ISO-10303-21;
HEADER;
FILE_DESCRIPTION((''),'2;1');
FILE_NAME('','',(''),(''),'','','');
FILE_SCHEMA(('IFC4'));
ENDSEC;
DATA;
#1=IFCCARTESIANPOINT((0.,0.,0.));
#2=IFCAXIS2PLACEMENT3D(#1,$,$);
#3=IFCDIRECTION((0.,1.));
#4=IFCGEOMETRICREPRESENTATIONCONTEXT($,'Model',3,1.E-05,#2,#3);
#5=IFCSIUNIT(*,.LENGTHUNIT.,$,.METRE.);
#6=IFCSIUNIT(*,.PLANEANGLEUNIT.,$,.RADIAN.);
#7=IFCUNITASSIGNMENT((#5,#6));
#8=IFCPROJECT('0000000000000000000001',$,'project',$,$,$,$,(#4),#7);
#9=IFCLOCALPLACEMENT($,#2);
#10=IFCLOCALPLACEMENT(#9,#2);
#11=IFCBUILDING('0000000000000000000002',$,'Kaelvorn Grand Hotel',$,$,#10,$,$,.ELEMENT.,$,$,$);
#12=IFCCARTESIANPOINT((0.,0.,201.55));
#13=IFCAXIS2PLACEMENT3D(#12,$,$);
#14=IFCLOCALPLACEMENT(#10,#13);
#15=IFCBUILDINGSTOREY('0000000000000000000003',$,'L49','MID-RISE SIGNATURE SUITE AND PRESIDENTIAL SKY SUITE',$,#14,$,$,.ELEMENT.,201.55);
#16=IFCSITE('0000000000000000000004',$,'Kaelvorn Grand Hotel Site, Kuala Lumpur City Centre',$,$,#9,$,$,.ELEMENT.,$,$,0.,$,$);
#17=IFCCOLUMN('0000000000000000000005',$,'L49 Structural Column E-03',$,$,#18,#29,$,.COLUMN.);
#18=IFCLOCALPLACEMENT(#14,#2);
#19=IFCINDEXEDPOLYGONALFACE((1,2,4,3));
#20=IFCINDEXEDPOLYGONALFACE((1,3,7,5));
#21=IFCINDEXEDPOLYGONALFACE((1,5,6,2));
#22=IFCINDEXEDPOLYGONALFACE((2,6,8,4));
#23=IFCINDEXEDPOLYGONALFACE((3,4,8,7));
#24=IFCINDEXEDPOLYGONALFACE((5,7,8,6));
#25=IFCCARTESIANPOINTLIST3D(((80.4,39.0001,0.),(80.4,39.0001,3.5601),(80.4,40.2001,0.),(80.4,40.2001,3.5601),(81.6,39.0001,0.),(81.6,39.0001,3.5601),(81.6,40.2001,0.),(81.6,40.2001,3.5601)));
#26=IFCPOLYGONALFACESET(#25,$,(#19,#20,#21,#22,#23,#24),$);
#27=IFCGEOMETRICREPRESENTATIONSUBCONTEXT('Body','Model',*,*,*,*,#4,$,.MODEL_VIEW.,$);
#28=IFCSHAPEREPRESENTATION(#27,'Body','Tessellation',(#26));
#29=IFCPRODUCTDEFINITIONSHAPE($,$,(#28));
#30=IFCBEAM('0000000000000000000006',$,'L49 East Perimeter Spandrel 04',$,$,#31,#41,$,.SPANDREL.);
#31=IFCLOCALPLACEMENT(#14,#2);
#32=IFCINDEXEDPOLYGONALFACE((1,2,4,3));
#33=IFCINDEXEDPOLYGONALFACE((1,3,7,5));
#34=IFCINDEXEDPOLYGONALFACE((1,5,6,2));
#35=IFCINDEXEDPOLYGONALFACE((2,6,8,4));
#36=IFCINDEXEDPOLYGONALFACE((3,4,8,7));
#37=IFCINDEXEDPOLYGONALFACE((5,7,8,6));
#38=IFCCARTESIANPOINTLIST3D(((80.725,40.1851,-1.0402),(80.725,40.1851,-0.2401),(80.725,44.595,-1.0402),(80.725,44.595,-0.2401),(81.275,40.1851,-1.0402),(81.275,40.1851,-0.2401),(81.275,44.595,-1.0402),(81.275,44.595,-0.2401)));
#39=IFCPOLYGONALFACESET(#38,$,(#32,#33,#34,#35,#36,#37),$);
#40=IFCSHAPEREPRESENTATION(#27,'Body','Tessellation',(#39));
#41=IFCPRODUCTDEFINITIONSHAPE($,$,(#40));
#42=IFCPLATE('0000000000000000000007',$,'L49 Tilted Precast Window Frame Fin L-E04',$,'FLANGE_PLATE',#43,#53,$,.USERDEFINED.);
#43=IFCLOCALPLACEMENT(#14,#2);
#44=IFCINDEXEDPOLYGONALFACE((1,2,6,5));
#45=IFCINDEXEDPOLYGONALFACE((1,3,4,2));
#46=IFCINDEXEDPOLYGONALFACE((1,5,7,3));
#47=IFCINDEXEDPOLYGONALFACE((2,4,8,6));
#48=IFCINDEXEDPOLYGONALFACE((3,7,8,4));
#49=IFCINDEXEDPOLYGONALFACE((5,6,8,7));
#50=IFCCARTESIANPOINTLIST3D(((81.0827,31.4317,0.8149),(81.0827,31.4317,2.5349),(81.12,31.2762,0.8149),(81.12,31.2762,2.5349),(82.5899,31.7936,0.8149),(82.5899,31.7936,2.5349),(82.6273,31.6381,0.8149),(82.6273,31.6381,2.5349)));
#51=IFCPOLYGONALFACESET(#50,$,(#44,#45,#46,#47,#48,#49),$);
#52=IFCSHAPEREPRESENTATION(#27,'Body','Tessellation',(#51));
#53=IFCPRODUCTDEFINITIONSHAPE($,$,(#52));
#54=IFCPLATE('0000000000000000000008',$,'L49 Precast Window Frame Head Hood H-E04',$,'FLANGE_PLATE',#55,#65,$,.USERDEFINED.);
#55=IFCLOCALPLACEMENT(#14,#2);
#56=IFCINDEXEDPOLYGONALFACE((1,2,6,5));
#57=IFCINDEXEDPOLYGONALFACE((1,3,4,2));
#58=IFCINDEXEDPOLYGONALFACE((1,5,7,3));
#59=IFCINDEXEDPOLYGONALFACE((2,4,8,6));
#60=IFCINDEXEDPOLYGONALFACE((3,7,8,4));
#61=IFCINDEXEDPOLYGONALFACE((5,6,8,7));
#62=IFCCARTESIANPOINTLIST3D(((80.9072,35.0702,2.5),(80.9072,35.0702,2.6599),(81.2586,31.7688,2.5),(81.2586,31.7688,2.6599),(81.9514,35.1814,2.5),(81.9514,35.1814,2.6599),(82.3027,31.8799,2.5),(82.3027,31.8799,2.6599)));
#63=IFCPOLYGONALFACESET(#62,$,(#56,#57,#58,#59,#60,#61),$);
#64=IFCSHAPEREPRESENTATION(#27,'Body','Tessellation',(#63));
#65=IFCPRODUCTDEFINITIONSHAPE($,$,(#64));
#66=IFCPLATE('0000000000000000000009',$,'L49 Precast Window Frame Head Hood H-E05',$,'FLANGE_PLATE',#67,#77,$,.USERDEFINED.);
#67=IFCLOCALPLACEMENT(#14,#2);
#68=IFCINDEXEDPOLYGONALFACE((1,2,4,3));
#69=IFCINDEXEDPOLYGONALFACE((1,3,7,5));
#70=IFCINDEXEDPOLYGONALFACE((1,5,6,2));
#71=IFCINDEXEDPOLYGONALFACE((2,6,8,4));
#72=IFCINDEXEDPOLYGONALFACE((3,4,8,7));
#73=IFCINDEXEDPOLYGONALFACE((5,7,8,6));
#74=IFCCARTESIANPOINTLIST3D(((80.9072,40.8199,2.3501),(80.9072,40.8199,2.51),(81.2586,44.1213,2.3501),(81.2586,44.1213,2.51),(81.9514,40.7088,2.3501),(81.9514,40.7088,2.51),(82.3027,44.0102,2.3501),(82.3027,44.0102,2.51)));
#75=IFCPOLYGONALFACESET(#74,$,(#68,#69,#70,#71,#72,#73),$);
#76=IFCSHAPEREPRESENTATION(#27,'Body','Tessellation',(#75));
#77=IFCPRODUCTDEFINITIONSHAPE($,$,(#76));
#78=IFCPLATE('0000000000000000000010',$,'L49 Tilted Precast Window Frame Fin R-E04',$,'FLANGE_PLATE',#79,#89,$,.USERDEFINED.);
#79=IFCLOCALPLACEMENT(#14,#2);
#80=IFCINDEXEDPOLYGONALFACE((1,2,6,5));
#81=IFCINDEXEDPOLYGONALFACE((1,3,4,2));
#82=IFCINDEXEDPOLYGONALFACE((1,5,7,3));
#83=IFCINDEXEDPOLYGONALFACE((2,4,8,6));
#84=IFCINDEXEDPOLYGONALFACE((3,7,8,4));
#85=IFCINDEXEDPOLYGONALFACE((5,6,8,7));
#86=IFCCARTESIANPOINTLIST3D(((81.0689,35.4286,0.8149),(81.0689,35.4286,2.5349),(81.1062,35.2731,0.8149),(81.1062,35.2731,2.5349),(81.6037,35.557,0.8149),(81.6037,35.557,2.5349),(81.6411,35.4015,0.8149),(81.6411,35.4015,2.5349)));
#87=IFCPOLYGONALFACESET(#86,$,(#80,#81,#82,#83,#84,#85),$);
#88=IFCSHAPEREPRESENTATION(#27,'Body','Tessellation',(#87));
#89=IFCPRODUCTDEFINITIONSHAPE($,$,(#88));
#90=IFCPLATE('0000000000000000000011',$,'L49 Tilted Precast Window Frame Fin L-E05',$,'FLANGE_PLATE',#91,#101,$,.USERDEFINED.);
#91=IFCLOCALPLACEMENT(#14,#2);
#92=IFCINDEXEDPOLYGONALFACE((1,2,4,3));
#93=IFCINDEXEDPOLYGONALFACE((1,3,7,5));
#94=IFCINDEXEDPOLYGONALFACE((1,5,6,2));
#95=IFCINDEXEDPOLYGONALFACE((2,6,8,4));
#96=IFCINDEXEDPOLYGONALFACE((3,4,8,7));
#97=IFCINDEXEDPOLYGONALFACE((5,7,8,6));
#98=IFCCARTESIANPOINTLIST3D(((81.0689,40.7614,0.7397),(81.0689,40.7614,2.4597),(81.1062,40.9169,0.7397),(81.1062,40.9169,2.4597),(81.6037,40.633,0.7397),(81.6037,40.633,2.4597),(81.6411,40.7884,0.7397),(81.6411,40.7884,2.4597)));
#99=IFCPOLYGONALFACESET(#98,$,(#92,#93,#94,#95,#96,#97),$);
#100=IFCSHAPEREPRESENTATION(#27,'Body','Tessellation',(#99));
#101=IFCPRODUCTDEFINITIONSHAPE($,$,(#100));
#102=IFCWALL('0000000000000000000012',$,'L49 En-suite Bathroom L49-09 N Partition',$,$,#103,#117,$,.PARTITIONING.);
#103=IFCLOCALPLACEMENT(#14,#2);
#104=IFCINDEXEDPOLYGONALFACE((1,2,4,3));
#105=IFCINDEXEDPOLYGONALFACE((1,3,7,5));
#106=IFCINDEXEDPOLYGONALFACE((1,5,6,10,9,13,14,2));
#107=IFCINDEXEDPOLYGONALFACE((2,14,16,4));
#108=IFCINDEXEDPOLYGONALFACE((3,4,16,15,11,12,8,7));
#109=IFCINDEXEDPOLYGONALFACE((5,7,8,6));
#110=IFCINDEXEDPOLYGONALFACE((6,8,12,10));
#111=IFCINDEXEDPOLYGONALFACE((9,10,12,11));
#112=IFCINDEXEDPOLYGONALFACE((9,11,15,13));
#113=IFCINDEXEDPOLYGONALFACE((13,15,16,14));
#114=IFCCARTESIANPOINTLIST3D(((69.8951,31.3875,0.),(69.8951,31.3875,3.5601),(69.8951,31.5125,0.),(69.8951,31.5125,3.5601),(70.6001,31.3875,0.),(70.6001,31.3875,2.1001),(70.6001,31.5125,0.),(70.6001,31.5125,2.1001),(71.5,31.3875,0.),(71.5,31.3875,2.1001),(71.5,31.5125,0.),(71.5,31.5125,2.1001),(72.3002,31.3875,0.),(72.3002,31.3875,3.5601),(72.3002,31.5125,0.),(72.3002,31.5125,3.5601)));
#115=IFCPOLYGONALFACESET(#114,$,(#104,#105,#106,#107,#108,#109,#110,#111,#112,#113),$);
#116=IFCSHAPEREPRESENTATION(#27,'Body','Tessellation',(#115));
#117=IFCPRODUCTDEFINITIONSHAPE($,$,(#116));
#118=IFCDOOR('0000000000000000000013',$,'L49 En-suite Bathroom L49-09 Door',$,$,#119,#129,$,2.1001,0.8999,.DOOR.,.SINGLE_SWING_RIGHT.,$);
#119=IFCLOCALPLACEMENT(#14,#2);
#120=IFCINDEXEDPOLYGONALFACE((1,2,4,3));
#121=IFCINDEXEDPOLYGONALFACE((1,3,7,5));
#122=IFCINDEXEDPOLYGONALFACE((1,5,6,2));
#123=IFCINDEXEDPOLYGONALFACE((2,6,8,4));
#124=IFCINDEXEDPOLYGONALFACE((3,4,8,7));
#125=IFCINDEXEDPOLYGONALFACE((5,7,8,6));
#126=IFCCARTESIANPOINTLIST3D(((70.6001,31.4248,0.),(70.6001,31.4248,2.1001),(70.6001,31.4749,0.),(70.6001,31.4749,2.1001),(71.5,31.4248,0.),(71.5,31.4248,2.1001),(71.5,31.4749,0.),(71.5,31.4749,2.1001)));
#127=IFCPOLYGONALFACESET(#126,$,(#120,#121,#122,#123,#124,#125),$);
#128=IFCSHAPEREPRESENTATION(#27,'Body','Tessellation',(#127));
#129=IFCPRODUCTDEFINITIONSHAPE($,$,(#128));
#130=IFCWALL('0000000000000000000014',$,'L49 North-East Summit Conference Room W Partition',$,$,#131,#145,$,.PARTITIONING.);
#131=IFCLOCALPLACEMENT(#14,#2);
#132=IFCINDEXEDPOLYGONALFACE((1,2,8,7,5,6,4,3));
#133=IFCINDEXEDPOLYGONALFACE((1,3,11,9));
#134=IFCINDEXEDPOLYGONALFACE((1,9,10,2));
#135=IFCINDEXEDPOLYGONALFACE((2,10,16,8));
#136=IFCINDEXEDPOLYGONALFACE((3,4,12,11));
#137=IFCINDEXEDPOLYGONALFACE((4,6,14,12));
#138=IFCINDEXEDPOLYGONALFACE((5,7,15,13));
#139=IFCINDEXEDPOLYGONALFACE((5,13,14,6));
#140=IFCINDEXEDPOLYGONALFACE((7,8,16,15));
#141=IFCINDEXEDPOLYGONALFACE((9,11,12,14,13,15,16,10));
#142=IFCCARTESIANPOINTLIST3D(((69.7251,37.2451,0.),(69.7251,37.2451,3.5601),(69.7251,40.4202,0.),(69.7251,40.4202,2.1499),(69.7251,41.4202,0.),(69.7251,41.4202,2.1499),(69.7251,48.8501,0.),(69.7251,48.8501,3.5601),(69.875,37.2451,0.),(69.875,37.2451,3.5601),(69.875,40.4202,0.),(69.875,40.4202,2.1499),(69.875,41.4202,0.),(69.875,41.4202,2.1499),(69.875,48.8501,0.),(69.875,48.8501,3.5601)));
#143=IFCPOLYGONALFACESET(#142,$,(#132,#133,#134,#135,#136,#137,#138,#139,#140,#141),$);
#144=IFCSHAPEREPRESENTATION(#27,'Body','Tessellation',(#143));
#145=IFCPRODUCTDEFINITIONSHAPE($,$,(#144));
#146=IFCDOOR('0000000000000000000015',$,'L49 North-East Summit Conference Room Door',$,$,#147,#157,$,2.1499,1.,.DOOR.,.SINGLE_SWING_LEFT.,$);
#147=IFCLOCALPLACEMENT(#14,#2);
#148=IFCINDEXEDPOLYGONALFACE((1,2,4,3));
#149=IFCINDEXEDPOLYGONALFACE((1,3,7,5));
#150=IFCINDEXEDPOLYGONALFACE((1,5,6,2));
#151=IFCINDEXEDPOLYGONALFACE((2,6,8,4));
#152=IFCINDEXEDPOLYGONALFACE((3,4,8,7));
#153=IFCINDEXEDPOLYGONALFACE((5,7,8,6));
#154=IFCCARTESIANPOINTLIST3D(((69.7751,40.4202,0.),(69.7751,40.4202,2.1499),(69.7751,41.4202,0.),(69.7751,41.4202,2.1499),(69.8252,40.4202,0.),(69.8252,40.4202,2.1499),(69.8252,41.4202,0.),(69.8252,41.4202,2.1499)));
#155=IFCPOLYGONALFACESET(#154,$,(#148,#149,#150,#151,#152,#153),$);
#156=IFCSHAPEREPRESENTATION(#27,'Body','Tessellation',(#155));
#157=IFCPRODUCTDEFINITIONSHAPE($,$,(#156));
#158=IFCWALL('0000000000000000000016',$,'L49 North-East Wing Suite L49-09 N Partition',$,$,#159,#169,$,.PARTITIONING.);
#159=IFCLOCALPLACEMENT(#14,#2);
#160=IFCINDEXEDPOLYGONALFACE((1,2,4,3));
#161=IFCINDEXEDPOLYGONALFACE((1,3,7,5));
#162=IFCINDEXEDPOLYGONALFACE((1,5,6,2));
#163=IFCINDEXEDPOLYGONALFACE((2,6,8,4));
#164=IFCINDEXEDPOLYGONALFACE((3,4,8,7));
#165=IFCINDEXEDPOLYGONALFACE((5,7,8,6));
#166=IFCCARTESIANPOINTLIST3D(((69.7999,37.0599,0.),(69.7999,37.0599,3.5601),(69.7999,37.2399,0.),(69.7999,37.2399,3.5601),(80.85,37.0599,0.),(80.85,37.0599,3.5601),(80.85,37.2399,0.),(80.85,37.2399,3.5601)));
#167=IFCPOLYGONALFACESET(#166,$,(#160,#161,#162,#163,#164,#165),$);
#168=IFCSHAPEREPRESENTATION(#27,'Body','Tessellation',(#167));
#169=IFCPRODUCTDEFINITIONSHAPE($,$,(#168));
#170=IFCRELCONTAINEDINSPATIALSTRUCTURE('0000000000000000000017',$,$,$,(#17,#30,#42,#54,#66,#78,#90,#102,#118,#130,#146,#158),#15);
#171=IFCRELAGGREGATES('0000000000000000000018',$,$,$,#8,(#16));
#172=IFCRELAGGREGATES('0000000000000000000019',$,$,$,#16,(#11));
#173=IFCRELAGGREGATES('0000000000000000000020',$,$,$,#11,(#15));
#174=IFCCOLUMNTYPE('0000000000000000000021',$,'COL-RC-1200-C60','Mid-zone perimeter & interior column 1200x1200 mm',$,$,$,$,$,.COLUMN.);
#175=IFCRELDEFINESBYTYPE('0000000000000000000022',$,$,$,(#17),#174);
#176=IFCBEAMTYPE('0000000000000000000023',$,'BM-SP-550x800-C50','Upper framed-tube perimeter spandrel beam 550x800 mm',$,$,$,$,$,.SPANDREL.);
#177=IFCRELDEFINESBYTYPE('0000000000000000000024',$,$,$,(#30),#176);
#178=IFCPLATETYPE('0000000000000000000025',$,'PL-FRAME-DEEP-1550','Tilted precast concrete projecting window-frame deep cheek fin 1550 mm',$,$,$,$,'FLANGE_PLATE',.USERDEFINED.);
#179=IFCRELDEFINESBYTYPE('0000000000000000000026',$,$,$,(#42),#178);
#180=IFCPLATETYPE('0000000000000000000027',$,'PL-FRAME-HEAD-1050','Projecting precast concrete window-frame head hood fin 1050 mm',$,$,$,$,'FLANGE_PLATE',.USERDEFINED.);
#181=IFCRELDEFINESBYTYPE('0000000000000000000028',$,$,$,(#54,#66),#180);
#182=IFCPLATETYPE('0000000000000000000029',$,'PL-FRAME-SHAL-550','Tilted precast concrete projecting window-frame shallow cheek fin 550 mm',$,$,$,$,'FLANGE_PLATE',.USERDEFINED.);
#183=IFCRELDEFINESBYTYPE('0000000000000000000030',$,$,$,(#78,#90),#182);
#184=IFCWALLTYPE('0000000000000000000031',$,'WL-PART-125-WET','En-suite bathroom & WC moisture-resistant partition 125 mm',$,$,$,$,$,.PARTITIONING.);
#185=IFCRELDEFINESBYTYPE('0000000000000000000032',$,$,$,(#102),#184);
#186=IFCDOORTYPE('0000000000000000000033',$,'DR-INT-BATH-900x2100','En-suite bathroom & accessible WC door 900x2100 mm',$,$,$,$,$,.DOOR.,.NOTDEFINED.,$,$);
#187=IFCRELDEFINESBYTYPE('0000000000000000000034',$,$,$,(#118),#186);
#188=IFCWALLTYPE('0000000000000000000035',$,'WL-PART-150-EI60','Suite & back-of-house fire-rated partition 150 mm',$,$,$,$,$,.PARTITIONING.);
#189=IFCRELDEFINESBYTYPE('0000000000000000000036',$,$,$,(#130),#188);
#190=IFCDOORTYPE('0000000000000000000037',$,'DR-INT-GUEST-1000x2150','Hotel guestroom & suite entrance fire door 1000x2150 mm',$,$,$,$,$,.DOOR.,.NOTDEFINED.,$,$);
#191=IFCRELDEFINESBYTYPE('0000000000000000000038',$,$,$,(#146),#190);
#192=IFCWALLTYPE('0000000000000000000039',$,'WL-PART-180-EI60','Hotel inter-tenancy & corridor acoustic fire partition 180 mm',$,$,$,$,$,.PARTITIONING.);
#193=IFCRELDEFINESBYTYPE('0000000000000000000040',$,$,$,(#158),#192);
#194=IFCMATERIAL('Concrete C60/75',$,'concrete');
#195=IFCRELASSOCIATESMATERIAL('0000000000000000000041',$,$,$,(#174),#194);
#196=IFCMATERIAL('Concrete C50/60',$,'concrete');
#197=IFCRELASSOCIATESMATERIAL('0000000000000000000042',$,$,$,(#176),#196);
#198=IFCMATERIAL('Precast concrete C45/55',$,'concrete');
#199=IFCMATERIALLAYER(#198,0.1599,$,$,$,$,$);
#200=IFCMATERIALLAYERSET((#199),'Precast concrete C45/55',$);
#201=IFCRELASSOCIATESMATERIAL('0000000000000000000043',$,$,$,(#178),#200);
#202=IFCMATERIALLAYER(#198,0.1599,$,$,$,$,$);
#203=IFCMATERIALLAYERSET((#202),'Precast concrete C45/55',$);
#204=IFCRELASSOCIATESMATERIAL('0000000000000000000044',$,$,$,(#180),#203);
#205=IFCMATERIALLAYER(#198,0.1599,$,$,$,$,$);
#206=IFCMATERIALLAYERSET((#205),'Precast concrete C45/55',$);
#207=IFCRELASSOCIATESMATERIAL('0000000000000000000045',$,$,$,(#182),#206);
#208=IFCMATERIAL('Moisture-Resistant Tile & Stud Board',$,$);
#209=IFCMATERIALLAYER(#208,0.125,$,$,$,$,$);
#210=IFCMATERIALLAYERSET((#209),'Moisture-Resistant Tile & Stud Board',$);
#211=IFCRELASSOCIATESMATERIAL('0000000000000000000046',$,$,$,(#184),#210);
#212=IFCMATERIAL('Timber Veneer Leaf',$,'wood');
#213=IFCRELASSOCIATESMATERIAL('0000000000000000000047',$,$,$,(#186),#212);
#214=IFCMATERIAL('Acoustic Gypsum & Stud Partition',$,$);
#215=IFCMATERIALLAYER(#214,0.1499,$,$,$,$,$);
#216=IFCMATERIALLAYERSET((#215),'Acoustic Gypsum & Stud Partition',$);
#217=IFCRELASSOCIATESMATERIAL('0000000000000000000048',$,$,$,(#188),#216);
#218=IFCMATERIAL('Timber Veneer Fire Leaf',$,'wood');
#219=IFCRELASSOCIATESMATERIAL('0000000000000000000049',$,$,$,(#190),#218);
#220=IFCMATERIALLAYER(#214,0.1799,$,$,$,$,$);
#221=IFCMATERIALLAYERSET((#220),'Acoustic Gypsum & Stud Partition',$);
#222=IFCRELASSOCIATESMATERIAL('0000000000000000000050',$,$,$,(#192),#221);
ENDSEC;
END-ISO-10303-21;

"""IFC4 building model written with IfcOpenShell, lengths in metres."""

from ifc_helpers import new_model, si_unit, direction, frame, frame_2d, origin, origin_2d, place, context, subcontext, project, spatial, rectangle, extrude, material, layer, layer_set, material_profile, profile_set, type_object, element, fill, save


model = new_model("IFC4")

# Units and contexts
model_context = context("Model", 3, precision=1e-05, world=origin(), true_north=direction((0.0, 1.0)))
body_context = subcontext(model_context, "Body", "Model", "MODEL_VIEW")
ifc_project = project(units=[si_unit("LENGTHUNIT", "METRE"), si_unit("PLANEANGLEUNIT", "RADIAN")], contexts=[model_context])

# Site, building, storey
site_placement = place(None, origin())
site = spatial("IfcSite", under=ifc_project, at=site_placement, Name="Kaelvorn Grand Hotel Site, Kuala Lumpur City Centre", CompositionType="ELEMENT", RefElevation=0.0)
building_placement = place(site_placement, origin())
building = spatial("IfcBuilding", under=site, at=building_placement, Name="Kaelvorn Grand Hotel", CompositionType="ELEMENT")
storey_placement = place(building_placement, frame((0.0, 0.0, 201.55)))
storey = spatial("IfcBuildingStorey", under=building, at=storey_placement, Name="L49", Description="MID-RISE SIGNATURE SUITE AND PRESIDENTIAL SKY SUITE", CompositionType="ELEMENT", Elevation=201.55)

# Column
ifc_material_1 = material(Name="Concrete C60/75", Category="concrete")
ifc_material_profile_1 = material_profile(ifc_material_1, rectangle(XDim=1.2, YDim=1.2, at=origin_2d()), Name="RC COL 1200x1200")
ifc_profile_set_1 = profile_set([ifc_material_profile_1], Name="Concrete C60/75")
column_type = type_object("IfcColumnType", Name="COL-RC-1200-C60", Description="Mid-zone perimeter & interior column 1200x1200 mm", PredefinedType="COLUMN", material=ifc_profile_set_1)
column_placement = place(storey_placement, frame((81.0, 39.6001, 0.0), z_axis=(0.0, 0.0, 1.0), x_axis=(1.0, 0.0, 0.0)))
element("IfcColumn", 1, at=column_placement, inside=storey, type_object=column_type, Name="L49 Structural Column E-03", PredefinedType="COLUMN", context=body_context, shape_type="SweptSolid", body=[
    extrude(rectangle(XDim=1.2, YDim=1.2, at=origin_2d()), origin(), (0.0, 0.0, 1.0), 3.5601),
])

# Beam
ifc_material_2 = material(Name="Concrete C50/60", Category="concrete")
ifc_material_profile_2 = material_profile(ifc_material_2, rectangle(XDim=0.55, YDim=0.8, at=origin_2d()), Name="RC SPANDREL 550x800")
ifc_profile_set_2 = profile_set([ifc_material_profile_2], Name="Concrete C50/60")
beam_type = type_object("IfcBeamType", Name="BM-SP-550x800-C50", Description="Upper framed-tube perimeter spandrel beam 550x800 mm", PredefinedType="SPANDREL", material=ifc_profile_set_2)
beam_placement = place(storey_placement, frame((81.0, 40.1851, -0.6401), z_axis=(0.0, 1.0, 0.0), x_axis=(-1.0, 0.0, 0.0)))
element("IfcBeam", 2, at=beam_placement, inside=storey, type_object=beam_type, Name="L49 East Perimeter Spandrel 04", PredefinedType="SPANDREL", context=body_context, shape_type="SweptSolid", body=[
    extrude(rectangle(XDim=0.55, YDim=0.8, at=origin_2d()), origin(), (0.0, 0.0, 1.0), 4.4099),
])

# Plates
ifc_material_3 = material(Name="Precast concrete C45/55", Category="concrete")
ifc_layer_1 = layer(ifc_material_3, 0.1599)
ifc_layer_set_1 = layer_set([ifc_layer_1], Name="Precast concrete C45/55")
plate_type_1 = type_object("IfcPlateType", Name="PL-FRAME-DEEP-1550", Description="Tilted precast concrete projecting window-frame deep cheek fin 1550 mm", ElementType="FLANGE_PLATE", PredefinedType="USERDEFINED", material=ifc_layer_set_1)
plate_placement = place(storey_placement, frame((81.855, 31.5349, 0.8149), z_axis=(0.0, 0.0, 1.0), x_axis=(-0.233445, 0.97237, 0.0)))
element("IfcPlate", 3, at=plate_placement, inside=storey, type_object=plate_type_1, Name="L49 Tilted Precast Window Frame Fin L-E04", ObjectType="FLANGE_PLATE", PredefinedType="USERDEFINED", context=body_context, shape_type="SweptSolid", body=[
    extrude(rectangle(XDim=0.1599, YDim=1.55, at=origin_2d()), origin(), (0.0, 0.0, 1.0), 1.72),
])
ifc_layer_2 = layer(ifc_material_3, 0.1599)
ifc_layer_set_2 = layer_set([ifc_layer_2], Name="Precast concrete C45/55")
plate_type_2 = type_object("IfcPlateType", Name="PL-FRAME-HEAD-1050", Description="Projecting precast concrete window-frame head hood fin 1050 mm", ElementType="FLANGE_PLATE", PredefinedType="USERDEFINED", material=ifc_layer_set_2)
for number, where, z_axis, x_axis, name in (
    (4, (81.605, 33.4751, 2.5), (0.0, 0.0, 1.0), (-0.10583, 0.994384, 0.0), "L49 Precast Window Frame Head Hood H-E04"),
    (5, (81.605, 42.415, 2.3501), (0.0, 0.0, 1.0), (0.10583, 0.994384, 0.0), "L49 Precast Window Frame Head Hood H-E05"),
):
    element("IfcPlate", number, at=place(storey_placement, frame(where, z_axis=z_axis, x_axis=x_axis)), inside=storey, type_object=plate_type_2, Name=name, ObjectType="FLANGE_PLATE", PredefinedType="USERDEFINED", context=body_context, shape_type="SweptSolid", body=[
        extrude(rectangle(XDim=3.3201, YDim=1.05, at=origin_2d()), origin(), (0.0, 0.0, 1.0), 0.1599),
    ])
ifc_layer_3 = layer(ifc_material_3, 0.1599)
ifc_layer_set_3 = layer_set([ifc_layer_3], Name="Precast concrete C45/55")
plate_type_3 = type_object("IfcPlateType", Name="PL-FRAME-SHAL-550", Description="Tilted precast concrete projecting window-frame shallow cheek fin 550 mm", ElementType="FLANGE_PLATE", PredefinedType="USERDEFINED", material=ifc_layer_set_3)
for number, where, z_axis, x_axis, name in (
    (6, (81.355, 35.415, 0.8149), (0.0, 0.0, 1.0), (-0.233445, 0.97237, 0.0), "L49 Tilted Precast Window Frame Fin R-E04"),
    (7, (81.355, 40.7749, 0.7397), (0.0, 0.0, 1.0), (0.233445, 0.97237, 0.0), "L49 Tilted Precast Window Frame Fin L-E05"),
):
    element("IfcPlate", number, at=place(storey_placement, frame(where, z_axis=z_axis, x_axis=x_axis)), inside=storey, type_object=plate_type_3, Name=name, ObjectType="FLANGE_PLATE", PredefinedType="USERDEFINED", context=body_context, shape_type="SweptSolid", body=[
        extrude(rectangle(XDim=0.1599, YDim=0.55, at=origin_2d()), origin(), (0.0, 0.0, 1.0), 1.72),
    ])

# Walls, openings, doors
ifc_material_4 = material(Name="Moisture-Resistant Tile & Stud Board")
ifc_layer_4 = layer(ifc_material_4, 0.125)
ifc_layer_set_4 = layer_set([ifc_layer_4], Name="Moisture-Resistant Tile & Stud Board")
wall_type_1 = type_object("IfcWallType", Name="WL-PART-125-WET", Description="En-suite bathroom & WC moisture-resistant partition 125 mm", PredefinedType="PARTITIONING", material=ifc_layer_set_4)
wall_1_placement = place(storey_placement, frame((69.895, 31.45, 0.0), z_axis=(0.0, 0.0, 1.0), x_axis=(1.0, 0.0, 0.0)))
wall_1 = element("IfcWall", 8, at=wall_1_placement, inside=storey, type_object=wall_type_1, Name="L49 En-suite Bathroom L49-09 N Partition", PredefinedType="PARTITIONING", context=body_context, shape_type="SweptSolid", body=[
    extrude(rectangle(XDim=2.405, YDim=0.125, at=frame_2d((1.2026, 0.0))), origin(), (0.0, 0.0, 1.0), 3.5601),
])
opening_1_placement = place(wall_1_placement, frame((0.7051, 0.0, 0.0)))
opening_1 = element("IfcOpeningElement", 9, at=opening_1_placement, cuts=wall_1, PredefinedType="OPENING", context=body_context, shape_type="SweptSolid", body=[
    extrude(rectangle(XDim=0.8999, YDim=2.1001, at=frame_2d((0.45, 1.05))), frame((0.0, 0.0725, 0.0), z_axis=(0.0, -1.0, 0.0), x_axis=(1.0, 0.0, 0.0)), (0.0, 0.0, 1.0), 0.145),
])
ifc_material_5 = material(Name="Timber Veneer Leaf", Category="wood")
door_type_1 = type_object("IfcDoorType", Name="DR-INT-BATH-900x2100", Description="En-suite bathroom & accessible WC door 900x2100 mm", OperationType="NOTDEFINED", PredefinedType="DOOR", material=ifc_material_5)
door_1_placement = place(opening_1_placement, origin())
door_1 = element("IfcDoor", 10, at=door_1_placement, inside=storey, type_object=door_type_1, Name="L49 En-suite Bathroom L49-09 Door", OperationType="SINGLE_SWING_RIGHT", OverallHeight=2.1001, OverallWidth=0.8999, PredefinedType="DOOR", context=body_context, shape_type="SweptSolid", body=[
    extrude(rectangle(XDim=0.8999, YDim=2.1001, at=frame_2d((0.45, 1.05))), frame((0.0, 0.0249, 0.0), z_axis=(0.0, -1.0, 0.0), x_axis=(1.0, 0.0, 0.0)), (0.0, 0.0, 1.0), 0.05),
])
fill(opening_1, door_1)
ifc_material_6 = material(Name="Acoustic Gypsum & Stud Partition")
ifc_layer_5 = layer(ifc_material_6, 0.1499)
ifc_layer_set_5 = layer_set([ifc_layer_5], Name="Acoustic Gypsum & Stud Partition")
wall_type_2 = type_object("IfcWallType", Name="WL-PART-150-EI60", Description="Suite & back-of-house fire-rated partition 150 mm", PredefinedType="PARTITIONING", material=ifc_layer_set_5)
wall_2_placement = place(storey_placement, frame((69.8, 37.2451, 0.0), z_axis=(0.0, 0.0, 1.0), x_axis=(0.0, 1.0, 0.0)))
wall_2 = element("IfcWall", 11, at=wall_2_placement, inside=storey, type_object=wall_type_2, Name="L49 North-East Summit Conference Room W Partition", PredefinedType="PARTITIONING", context=body_context, shape_type="SweptSolid", body=[
    extrude(rectangle(XDim=11.605, YDim=0.1499, at=frame_2d((5.8025, 0.0))), origin(), (0.0, 0.0, 1.0), 3.5601),
])
opening_2_placement = place(wall_2_placement, frame((3.175, 0.0, 0.0)))
opening_2 = element("IfcOpeningElement", 12, at=opening_2_placement, cuts=wall_2, PredefinedType="OPENING", context=body_context, shape_type="SweptSolid", body=[
    extrude(rectangle(XDim=1.0, YDim=2.1499, at=frame_2d((0.5, 1.075))), frame((0.0, 0.085, 0.0), z_axis=(0.0, -1.0, 0.0), x_axis=(1.0, 0.0, 0.0)), (0.0, 0.0, 1.0), 0.1699),
])
ifc_material_7 = material(Name="Timber Veneer Fire Leaf", Category="wood")
door_type_2 = type_object("IfcDoorType", Name="DR-INT-GUEST-1000x2150", Description="Hotel guestroom & suite entrance fire door 1000x2150 mm", OperationType="NOTDEFINED", PredefinedType="DOOR", material=ifc_material_7)
door_2_placement = place(opening_2_placement, origin())
door_2 = element("IfcDoor", 13, at=door_2_placement, inside=storey, type_object=door_type_2, Name="L49 North-East Summit Conference Room Door", OperationType="SINGLE_SWING_LEFT", OverallHeight=2.1499, OverallWidth=1.0, PredefinedType="DOOR", context=body_context, shape_type="SweptSolid", body=[
    extrude(rectangle(XDim=1.0, YDim=2.1499, at=frame_2d((0.5, 1.075))), frame((0.0, 0.0249, 0.0), z_axis=(0.0, -1.0, 0.0), x_axis=(1.0, 0.0, 0.0)), (0.0, 0.0, 1.0), 0.05),
])
fill(opening_2, door_2)

# Wall
ifc_layer_6 = layer(ifc_material_6, 0.1799)
ifc_layer_set_6 = layer_set([ifc_layer_6], Name="Acoustic Gypsum & Stud Partition")
wall_type_3 = type_object("IfcWallType", Name="WL-PART-180-EI60", Description="Hotel inter-tenancy & corridor acoustic fire partition 180 mm", PredefinedType="PARTITIONING", material=ifc_layer_set_6)
wall_3_placement = place(storey_placement, frame((69.8, 37.1499, 0.0), z_axis=(0.0, 0.0, 1.0), x_axis=(1.0, 0.0, 0.0)))
element("IfcWall", 14, at=wall_3_placement, inside=storey, type_object=wall_type_3, Name="L49 North-East Wing Suite L49-09 N Partition", PredefinedType="PARTITIONING", context=body_context, shape_type="SweptSolid", body=[
    extrude(rectangle(XDim=11.05, YDim=0.1799, at=frame_2d((5.5249, 0.0))), origin(), (0.0, 0.0, 1.0), 3.5601),
])

save(model, "model.ifc")
